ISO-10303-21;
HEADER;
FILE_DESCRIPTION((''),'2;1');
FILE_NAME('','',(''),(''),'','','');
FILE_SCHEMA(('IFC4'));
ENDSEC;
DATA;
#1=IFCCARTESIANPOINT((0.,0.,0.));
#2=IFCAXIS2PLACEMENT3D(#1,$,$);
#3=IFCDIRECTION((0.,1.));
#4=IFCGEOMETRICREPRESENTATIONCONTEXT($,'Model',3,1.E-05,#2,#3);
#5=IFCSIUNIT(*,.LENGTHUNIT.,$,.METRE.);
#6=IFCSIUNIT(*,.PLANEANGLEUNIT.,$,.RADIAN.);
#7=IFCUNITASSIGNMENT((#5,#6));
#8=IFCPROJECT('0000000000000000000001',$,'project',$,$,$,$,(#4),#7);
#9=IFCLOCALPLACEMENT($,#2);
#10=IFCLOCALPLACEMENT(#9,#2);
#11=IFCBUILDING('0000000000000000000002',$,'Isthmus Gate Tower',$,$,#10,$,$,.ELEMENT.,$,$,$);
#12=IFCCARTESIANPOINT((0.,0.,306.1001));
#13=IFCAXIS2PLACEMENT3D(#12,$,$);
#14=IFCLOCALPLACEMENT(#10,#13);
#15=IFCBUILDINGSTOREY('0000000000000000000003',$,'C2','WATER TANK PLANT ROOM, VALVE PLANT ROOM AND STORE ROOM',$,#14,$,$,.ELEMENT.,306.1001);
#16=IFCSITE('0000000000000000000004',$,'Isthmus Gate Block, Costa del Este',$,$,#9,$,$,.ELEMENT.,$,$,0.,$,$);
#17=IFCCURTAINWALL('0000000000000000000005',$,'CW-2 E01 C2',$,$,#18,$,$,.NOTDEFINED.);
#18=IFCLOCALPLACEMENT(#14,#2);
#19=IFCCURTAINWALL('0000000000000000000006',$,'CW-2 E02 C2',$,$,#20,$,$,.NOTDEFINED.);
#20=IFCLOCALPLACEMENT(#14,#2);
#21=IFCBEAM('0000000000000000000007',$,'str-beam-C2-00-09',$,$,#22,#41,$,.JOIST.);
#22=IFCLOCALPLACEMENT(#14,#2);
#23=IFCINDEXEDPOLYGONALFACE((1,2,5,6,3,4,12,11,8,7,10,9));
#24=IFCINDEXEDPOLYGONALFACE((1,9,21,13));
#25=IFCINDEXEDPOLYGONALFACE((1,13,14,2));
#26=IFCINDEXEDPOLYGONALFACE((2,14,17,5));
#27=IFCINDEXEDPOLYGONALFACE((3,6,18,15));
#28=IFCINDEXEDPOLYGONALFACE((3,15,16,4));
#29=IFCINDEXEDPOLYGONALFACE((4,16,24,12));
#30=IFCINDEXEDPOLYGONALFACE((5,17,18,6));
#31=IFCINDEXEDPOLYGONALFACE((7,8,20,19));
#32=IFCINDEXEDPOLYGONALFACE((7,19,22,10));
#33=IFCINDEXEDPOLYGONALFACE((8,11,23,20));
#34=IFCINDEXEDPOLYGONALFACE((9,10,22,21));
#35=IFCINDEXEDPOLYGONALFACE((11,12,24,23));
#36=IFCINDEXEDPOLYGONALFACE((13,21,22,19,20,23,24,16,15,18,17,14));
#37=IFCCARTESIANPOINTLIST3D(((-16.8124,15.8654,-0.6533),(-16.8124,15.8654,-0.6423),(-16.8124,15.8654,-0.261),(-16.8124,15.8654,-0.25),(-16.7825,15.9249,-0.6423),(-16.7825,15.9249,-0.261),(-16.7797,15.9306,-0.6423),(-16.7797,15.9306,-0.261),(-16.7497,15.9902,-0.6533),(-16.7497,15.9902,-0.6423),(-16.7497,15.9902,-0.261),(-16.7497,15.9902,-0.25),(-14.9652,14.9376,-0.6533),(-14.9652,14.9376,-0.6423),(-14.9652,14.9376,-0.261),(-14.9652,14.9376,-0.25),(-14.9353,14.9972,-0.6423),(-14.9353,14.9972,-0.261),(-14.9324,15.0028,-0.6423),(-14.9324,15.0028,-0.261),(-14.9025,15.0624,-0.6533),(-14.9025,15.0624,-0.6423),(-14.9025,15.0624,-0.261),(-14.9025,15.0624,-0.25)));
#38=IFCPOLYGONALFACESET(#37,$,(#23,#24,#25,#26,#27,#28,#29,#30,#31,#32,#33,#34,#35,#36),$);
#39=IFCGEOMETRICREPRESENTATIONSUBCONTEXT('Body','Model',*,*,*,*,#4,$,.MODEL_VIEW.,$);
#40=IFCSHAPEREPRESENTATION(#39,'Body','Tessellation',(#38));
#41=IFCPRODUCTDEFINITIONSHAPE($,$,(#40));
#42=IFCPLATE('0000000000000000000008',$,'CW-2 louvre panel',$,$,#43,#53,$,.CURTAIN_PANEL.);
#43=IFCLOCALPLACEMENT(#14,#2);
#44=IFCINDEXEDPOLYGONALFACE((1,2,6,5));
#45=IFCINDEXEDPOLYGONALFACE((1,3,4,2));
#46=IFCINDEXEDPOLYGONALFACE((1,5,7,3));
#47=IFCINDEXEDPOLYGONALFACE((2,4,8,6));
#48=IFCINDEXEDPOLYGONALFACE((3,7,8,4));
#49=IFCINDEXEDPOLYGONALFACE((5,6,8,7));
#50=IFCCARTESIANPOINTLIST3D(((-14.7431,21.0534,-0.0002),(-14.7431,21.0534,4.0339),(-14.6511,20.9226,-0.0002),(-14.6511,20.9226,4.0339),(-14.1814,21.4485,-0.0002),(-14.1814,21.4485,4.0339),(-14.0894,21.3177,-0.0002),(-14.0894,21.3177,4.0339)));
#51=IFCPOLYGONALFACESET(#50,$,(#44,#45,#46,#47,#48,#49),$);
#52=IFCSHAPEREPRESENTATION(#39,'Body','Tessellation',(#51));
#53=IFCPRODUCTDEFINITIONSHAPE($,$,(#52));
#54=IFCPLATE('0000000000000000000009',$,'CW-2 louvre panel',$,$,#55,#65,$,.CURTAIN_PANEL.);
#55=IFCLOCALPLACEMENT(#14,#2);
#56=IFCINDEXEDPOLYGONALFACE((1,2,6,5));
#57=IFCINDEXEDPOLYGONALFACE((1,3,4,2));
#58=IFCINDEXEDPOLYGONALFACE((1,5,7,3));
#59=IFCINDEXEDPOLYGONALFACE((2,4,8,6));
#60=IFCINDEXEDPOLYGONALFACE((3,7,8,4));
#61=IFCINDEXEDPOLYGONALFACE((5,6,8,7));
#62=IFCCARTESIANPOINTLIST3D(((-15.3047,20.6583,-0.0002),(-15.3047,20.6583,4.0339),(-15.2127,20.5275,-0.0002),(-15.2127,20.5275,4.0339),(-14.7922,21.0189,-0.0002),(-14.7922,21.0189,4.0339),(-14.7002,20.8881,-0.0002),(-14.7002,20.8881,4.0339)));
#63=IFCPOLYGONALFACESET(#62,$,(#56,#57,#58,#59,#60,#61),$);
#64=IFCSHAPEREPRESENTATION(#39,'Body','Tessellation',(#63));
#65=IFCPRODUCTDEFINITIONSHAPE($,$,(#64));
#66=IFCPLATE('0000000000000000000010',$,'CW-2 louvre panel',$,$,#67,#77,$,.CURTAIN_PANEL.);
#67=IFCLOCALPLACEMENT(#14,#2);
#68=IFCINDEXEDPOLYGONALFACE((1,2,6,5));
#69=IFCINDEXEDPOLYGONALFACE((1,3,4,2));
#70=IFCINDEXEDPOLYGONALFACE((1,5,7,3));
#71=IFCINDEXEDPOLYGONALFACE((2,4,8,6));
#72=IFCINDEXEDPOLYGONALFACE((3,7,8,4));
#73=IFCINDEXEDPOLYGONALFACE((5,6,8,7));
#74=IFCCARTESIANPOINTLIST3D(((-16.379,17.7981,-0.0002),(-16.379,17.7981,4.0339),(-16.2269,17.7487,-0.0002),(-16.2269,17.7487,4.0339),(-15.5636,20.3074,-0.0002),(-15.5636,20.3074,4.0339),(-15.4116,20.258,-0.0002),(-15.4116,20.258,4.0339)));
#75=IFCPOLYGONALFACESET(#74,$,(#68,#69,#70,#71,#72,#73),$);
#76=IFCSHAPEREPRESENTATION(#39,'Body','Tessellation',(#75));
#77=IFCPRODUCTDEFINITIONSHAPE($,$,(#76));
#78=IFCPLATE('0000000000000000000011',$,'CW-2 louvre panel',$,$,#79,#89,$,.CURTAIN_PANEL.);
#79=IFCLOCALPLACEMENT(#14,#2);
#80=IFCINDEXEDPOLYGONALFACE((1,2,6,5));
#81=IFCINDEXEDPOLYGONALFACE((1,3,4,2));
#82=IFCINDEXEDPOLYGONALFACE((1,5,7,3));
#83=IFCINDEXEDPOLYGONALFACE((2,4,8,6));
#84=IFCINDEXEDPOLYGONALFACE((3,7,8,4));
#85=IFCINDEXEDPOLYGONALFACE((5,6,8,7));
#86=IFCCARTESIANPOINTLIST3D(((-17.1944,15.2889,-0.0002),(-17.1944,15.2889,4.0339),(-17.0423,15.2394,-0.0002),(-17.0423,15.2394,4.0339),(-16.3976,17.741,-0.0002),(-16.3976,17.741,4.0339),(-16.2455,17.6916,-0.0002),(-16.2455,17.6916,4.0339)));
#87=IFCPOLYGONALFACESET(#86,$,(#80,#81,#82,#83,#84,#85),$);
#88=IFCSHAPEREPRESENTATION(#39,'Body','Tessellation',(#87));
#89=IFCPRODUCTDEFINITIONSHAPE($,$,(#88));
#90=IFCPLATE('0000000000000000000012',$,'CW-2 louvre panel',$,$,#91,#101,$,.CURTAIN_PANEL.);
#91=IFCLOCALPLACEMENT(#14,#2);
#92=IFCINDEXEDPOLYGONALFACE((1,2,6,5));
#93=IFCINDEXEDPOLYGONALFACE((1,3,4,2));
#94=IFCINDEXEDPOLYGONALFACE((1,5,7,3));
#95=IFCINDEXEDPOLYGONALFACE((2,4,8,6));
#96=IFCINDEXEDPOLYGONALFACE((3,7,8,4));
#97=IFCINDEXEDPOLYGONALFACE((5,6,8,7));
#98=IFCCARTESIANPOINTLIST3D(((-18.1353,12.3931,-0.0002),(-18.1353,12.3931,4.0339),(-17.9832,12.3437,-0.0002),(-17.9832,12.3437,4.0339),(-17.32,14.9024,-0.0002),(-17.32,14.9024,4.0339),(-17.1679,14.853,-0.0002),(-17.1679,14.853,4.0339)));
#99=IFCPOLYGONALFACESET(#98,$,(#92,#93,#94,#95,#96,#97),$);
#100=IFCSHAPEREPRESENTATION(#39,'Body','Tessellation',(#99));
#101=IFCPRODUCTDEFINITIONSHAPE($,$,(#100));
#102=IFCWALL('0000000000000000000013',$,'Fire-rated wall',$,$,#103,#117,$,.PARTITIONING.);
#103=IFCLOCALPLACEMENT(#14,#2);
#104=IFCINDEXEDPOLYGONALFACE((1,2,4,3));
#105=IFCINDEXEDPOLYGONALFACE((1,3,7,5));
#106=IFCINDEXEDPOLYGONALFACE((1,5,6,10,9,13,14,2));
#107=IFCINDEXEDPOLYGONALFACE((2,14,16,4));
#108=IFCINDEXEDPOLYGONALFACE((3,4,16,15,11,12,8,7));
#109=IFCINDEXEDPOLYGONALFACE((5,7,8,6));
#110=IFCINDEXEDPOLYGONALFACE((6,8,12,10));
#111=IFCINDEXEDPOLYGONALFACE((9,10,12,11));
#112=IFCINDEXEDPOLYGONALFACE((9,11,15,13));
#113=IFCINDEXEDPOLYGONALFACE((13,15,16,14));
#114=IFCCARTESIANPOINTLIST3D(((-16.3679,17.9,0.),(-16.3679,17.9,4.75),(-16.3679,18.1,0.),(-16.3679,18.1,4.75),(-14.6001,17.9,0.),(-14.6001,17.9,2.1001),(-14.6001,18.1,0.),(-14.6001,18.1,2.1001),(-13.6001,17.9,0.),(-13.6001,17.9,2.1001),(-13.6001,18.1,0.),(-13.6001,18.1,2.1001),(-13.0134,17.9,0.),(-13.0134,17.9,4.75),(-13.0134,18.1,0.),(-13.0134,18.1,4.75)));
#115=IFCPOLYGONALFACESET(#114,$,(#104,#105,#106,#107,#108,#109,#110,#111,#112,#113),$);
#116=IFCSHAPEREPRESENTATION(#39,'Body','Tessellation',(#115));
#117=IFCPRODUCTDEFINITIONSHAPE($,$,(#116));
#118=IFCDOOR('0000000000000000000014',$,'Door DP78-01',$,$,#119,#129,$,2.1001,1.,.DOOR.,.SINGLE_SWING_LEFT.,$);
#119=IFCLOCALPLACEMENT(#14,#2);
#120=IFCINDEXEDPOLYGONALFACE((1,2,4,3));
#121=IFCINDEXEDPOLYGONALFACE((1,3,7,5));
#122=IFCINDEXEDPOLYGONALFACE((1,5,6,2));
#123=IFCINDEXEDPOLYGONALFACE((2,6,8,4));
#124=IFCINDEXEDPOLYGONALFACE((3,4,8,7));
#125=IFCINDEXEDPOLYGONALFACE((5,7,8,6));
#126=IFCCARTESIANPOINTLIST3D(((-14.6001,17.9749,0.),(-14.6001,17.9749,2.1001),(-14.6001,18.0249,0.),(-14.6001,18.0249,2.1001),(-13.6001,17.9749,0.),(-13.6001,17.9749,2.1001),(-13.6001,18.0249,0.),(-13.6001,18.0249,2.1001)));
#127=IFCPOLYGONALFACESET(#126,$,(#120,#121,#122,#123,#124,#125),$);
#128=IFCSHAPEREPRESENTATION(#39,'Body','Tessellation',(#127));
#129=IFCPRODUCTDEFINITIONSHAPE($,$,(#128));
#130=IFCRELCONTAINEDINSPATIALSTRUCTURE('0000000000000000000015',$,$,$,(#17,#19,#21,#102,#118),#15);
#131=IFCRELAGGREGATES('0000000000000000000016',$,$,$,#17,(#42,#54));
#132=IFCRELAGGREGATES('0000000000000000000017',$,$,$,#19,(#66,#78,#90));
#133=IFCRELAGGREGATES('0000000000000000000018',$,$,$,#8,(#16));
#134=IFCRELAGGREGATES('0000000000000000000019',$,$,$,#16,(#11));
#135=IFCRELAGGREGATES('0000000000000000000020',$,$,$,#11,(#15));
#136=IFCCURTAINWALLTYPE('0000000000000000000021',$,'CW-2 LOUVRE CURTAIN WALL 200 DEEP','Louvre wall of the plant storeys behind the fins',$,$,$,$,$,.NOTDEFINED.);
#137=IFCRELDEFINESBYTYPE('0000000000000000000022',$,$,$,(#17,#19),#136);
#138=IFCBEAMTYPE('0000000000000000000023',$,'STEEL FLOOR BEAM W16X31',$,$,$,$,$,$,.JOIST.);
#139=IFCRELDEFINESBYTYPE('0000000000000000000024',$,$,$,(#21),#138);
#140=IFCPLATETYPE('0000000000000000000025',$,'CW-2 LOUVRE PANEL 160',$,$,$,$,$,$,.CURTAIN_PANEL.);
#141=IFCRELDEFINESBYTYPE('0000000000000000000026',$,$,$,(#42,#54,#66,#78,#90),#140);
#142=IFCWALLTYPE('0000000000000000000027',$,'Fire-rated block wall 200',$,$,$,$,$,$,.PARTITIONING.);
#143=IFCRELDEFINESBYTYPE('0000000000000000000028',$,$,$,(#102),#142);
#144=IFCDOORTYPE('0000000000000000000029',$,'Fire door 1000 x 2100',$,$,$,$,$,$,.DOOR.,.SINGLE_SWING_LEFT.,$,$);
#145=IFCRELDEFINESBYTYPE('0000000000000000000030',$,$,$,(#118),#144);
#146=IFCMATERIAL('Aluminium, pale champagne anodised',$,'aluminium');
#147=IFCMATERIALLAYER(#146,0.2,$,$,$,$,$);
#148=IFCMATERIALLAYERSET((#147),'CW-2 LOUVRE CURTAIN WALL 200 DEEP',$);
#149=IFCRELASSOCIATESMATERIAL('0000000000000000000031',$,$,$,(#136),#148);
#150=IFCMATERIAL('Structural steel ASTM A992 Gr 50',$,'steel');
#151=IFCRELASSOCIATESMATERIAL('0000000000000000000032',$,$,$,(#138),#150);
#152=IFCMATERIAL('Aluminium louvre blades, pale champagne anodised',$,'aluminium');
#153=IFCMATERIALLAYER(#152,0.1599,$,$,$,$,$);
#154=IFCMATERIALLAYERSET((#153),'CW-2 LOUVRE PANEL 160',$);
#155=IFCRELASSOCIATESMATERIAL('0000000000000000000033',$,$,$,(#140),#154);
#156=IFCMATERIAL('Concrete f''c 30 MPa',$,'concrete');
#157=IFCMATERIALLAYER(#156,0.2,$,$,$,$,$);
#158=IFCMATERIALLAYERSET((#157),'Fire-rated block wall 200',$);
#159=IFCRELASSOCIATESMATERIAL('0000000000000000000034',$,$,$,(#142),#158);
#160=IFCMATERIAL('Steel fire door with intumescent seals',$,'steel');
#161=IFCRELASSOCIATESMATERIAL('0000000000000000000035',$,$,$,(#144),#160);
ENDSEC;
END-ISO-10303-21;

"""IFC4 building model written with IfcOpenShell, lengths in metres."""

from ifc_helpers import new_model, si_unit, direction, frame, frame_2d, origin, origin_2d, place, context, subcontext, project, spatial, rectangle, i_section, extrude, material, layer, layer_set, material_profile, profile_set, type_object, element, fill, aggregate, save


model = new_model("IFC4")

# Units and contexts
model_context = context("Model", 3, precision=1e-05, world=origin(), true_north=direction((0.0, 1.0)))
body_context = subcontext(model_context, "Body", "Model", "MODEL_VIEW")
ifc_project = project(units=[si_unit("LENGTHUNIT", "METRE"), si_unit("PLANEANGLEUNIT", "RADIAN")], contexts=[model_context])

# Site, building, storey
site_placement = place(None, origin())
site = spatial("IfcSite", under=ifc_project, at=site_placement, Name="Isthmus Gate Block, Costa del Este", CompositionType="ELEMENT", RefElevation=0.0)
building_placement = place(site_placement, origin())
building = spatial("IfcBuilding", under=site, at=building_placement, Name="Isthmus Gate Tower", CompositionType="ELEMENT")
storey_placement = place(building_placement, frame((0.0, 0.0, 306.1001)))
storey = spatial("IfcBuildingStorey", under=building, at=storey_placement, Name="C2", Description="WATER TANK PLANT ROOM, VALVE PLANT ROOM AND STORE ROOM", CompositionType="ELEMENT", Elevation=306.1001)

# Curtain walls
ifc_material_1 = material(Name="Aluminium, pale champagne anodised", Category="aluminium")
ifc_layer_1 = layer(ifc_material_1, 0.2)
ifc_layer_set_1 = layer_set([ifc_layer_1], Name="CW-2 LOUVRE CURTAIN WALL 200 DEEP")
curtain_wall_type = type_object("IfcCurtainWallType", Name="CW-2 LOUVRE CURTAIN WALL 200 DEEP", Description="Louvre wall of the plant storeys behind the fins", PredefinedType="NOTDEFINED", material=ifc_layer_set_1)
curtain_wall_1_placement = place(storey_placement, origin())
curtain_wall_1 = element("IfcCurtainWall", 1, at=curtain_wall_1_placement, inside=storey, type_object=curtain_wall_type, Name="CW-2 E01 C2", PredefinedType="NOTDEFINED")
curtain_wall_2_placement = place(storey_placement, origin())
curtain_wall_2 = element("IfcCurtainWall", 2, at=curtain_wall_2_placement, inside=storey, type_object=curtain_wall_type, Name="CW-2 E02 C2", PredefinedType="NOTDEFINED")

# Beam
ifc_material_2 = material(Name="Structural steel ASTM A992 Gr 50", Category="steel")
ifc_material_profile_1 = material_profile(ifc_material_2, i_section(OverallWidth=0.1396, OverallDepth=0.4033, WebThickness=0.0063, FlangeThickness=0.011, at=origin_2d()), Name="W16X31")
ifc_profile_set_1 = profile_set([ifc_material_profile_1], Name="Structural steel ASTM A992 Gr 50")
beam_type_1 = type_object("IfcBeamType", Name="STEEL FLOOR BEAM W16X31", PredefinedType="JOIST", material=ifc_profile_set_1)
beam_1_placement = place(storey_placement, frame((-14.9338, 15.0, -0.4517), z_axis=(-0.893623, 0.448819, 0.0), x_axis=(-0.448819, -0.893623, 0.0)))
element("IfcBeam", 3, at=beam_1_placement, inside=storey, type_object=beam_type_1, Name="str-beam-C2-00-09", PredefinedType="JOIST", context=body_context, shape_type="SweptSolid", body=[
    extrude(i_section(OverallWidth=0.1396, OverallDepth=0.4033, WebThickness=0.0063, FlangeThickness=0.011, at=origin_2d()), origin(), (0.0, 0.0, 1.0), 2.0671),
])

# Plates
ifc_material_3 = material(Name="Aluminium louvre blades, pale champagne anodised", Category="aluminium")
ifc_layer_2 = layer(ifc_material_3, 0.1599)
ifc_layer_set_2 = layer_set([ifc_layer_2], Name="CW-2 LOUVRE PANEL 160")
plate_type = type_object("IfcPlateType", Name="CW-2 LOUVRE PANEL 160", PredefinedType="CURTAIN_PANEL", material=ifc_layer_set_2)
plate_1_placement = place(storey_placement, frame((-14.4163, 21.1855, -0.0002), z_axis=(0.0, 0.0, 1.0), x_axis=(-0.81786, -0.575418, 0.0)))
plate_1 = element("IfcPlate", 4, at=plate_1_placement, type_object=plate_type, Name="CW-2 louvre panel", PredefinedType="CURTAIN_PANEL", context=body_context, shape_type="SweptSolid", body=[
    extrude(rectangle(XDim=0.6868, YDim=0.1599, at=origin_2d()), origin(), (0.0, 0.0, 1.0), 4.0342),
])
plate_2_placement = place(storey_placement, frame((-15.0024, 20.7732, -0.0002), z_axis=(0.0, 0.0, 1.0), x_axis=(-0.81786, -0.575418, 0.0)))
plate_2 = element("IfcPlate", 5, at=plate_2_placement, type_object=plate_type, Name="CW-2 louvre panel", PredefinedType="CURTAIN_PANEL", context=body_context, shape_type="SweptSolid", body=[
    extrude(rectangle(XDim=0.6267, YDim=0.1599, at=origin_2d()), origin(), (0.0, 0.0, 1.0), 4.0342),
])
aggregate(curtain_wall_1, [plate_1, plate_2])
plate_3_placement = place(storey_placement, frame((-15.8953, 19.0281, -0.0002), z_axis=(0.0, 0.0, 1.0), x_axis=(-0.309017, -0.951057, 0.0)))
plate_3 = element("IfcPlate", 6, at=plate_3_placement, type_object=plate_type, Name="CW-2 louvre panel", PredefinedType="CURTAIN_PANEL", context=body_context, shape_type="SweptSolid", body=[
    extrude(rectangle(XDim=2.6384, YDim=0.1599, at=origin_2d()), origin(), (0.0, 0.0, 1.0), 4.0342),
])
plate_4_placement = place(storey_placement, frame((-16.72, 16.4902, -0.0002), z_axis=(0.0, 0.0, 1.0), x_axis=(-0.309017, -0.951057, 0.0)))
plate_4 = element("IfcPlate", 7, at=plate_4_placement, type_object=plate_type, Name="CW-2 louvre panel", PredefinedType="CURTAIN_PANEL", context=body_context, shape_type="SweptSolid", body=[
    extrude(rectangle(XDim=2.5784, YDim=0.1599, at=origin_2d()), origin(), (0.0, 0.0, 1.0), 4.0342),
])
plate_5_placement = place(storey_placement, frame((-17.6516, 13.623, -0.0002), z_axis=(0.0, 0.0, 1.0), x_axis=(-0.309017, -0.951057, 0.0)))
plate_5 = element("IfcPlate", 8, at=plate_5_placement, type_object=plate_type, Name="CW-2 louvre panel", PredefinedType="CURTAIN_PANEL", context=body_context, shape_type="SweptSolid", body=[
    extrude(rectangle(XDim=2.6384, YDim=0.1599, at=origin_2d()), origin(), (0.0, 0.0, 1.0), 4.0342),
])
aggregate(curtain_wall_2, [plate_3, plate_4, plate_5])

# Wall, opening, door
ifc_material_4 = material(Name="Concrete f'c 30 MPa", Category="concrete")
ifc_layer_3 = layer(ifc_material_4, 0.2)
ifc_layer_set_3 = layer_set([ifc_layer_3], Name="Fire-rated block wall 200")
wall_type_1 = type_object("IfcWallType", Name="Fire-rated block wall 200", PredefinedType="PARTITIONING", material=ifc_layer_set_3)
wall_1_placement = place(storey_placement, frame((-16.3679, 18.0, 0.0), z_axis=(0.0, 0.0, 1.0), x_axis=(1.0, 0.0, 0.0)))
wall_1 = element("IfcWall", 9, at=wall_1_placement, inside=storey, type_object=wall_type_1, Name="Fire-rated wall", PredefinedType="PARTITIONING", context=body_context, shape_type="SweptSolid", body=[
    extrude(rectangle(XDim=3.3545, YDim=0.2, at=frame_2d((1.6772, 0.0))), origin(), (0.0, 0.0, 1.0), 4.75),
])
opening_1_placement = place(wall_1_placement, frame((1.7678, 0.0, 0.0)))
opening_1 = element("IfcOpeningElement", 10, at=opening_1_placement, cuts=wall_1, PredefinedType="OPENING", context=body_context, shape_type="SweptSolid", body=[
    extrude(rectangle(XDim=1.0, YDim=2.1001, at=frame_2d((0.5, 1.05))), frame((0.0, 0.1099, 0.0), z_axis=(0.0, -1.0, 0.0), x_axis=(1.0, 0.0, 0.0)), (0.0, 0.0, 1.0), 0.22),
])
ifc_material_5 = material(Name="Steel fire door with intumescent seals", Category="steel")
door_type_1 = type_object("IfcDoorType", Name="Fire door 1000 x 2100", OperationType="SINGLE_SWING_LEFT", PredefinedType="DOOR", material=ifc_material_5)
door_1_placement = place(opening_1_placement, origin())
door_1 = element("IfcDoor", 11, at=door_1_placement, inside=storey, type_object=door_type_1, Name="Door DP78-01", OperationType="SINGLE_SWING_LEFT", OverallHeight=2.1001, OverallWidth=1.0, PredefinedType="DOOR", context=body_context, shape_type="SweptSolid", body=[
    extrude(rectangle(XDim=1.0, YDim=2.1001, at=frame_2d((0.5, 1.05))), frame((0.0, 0.0249, 0.0), z_axis=(0.0, -1.0, 0.0), x_axis=(1.0, 0.0, 0.0)), (0.0, 0.0, 1.0), 0.05),
])
fill(opening_1, door_1)

save(model, "model.ifc")
